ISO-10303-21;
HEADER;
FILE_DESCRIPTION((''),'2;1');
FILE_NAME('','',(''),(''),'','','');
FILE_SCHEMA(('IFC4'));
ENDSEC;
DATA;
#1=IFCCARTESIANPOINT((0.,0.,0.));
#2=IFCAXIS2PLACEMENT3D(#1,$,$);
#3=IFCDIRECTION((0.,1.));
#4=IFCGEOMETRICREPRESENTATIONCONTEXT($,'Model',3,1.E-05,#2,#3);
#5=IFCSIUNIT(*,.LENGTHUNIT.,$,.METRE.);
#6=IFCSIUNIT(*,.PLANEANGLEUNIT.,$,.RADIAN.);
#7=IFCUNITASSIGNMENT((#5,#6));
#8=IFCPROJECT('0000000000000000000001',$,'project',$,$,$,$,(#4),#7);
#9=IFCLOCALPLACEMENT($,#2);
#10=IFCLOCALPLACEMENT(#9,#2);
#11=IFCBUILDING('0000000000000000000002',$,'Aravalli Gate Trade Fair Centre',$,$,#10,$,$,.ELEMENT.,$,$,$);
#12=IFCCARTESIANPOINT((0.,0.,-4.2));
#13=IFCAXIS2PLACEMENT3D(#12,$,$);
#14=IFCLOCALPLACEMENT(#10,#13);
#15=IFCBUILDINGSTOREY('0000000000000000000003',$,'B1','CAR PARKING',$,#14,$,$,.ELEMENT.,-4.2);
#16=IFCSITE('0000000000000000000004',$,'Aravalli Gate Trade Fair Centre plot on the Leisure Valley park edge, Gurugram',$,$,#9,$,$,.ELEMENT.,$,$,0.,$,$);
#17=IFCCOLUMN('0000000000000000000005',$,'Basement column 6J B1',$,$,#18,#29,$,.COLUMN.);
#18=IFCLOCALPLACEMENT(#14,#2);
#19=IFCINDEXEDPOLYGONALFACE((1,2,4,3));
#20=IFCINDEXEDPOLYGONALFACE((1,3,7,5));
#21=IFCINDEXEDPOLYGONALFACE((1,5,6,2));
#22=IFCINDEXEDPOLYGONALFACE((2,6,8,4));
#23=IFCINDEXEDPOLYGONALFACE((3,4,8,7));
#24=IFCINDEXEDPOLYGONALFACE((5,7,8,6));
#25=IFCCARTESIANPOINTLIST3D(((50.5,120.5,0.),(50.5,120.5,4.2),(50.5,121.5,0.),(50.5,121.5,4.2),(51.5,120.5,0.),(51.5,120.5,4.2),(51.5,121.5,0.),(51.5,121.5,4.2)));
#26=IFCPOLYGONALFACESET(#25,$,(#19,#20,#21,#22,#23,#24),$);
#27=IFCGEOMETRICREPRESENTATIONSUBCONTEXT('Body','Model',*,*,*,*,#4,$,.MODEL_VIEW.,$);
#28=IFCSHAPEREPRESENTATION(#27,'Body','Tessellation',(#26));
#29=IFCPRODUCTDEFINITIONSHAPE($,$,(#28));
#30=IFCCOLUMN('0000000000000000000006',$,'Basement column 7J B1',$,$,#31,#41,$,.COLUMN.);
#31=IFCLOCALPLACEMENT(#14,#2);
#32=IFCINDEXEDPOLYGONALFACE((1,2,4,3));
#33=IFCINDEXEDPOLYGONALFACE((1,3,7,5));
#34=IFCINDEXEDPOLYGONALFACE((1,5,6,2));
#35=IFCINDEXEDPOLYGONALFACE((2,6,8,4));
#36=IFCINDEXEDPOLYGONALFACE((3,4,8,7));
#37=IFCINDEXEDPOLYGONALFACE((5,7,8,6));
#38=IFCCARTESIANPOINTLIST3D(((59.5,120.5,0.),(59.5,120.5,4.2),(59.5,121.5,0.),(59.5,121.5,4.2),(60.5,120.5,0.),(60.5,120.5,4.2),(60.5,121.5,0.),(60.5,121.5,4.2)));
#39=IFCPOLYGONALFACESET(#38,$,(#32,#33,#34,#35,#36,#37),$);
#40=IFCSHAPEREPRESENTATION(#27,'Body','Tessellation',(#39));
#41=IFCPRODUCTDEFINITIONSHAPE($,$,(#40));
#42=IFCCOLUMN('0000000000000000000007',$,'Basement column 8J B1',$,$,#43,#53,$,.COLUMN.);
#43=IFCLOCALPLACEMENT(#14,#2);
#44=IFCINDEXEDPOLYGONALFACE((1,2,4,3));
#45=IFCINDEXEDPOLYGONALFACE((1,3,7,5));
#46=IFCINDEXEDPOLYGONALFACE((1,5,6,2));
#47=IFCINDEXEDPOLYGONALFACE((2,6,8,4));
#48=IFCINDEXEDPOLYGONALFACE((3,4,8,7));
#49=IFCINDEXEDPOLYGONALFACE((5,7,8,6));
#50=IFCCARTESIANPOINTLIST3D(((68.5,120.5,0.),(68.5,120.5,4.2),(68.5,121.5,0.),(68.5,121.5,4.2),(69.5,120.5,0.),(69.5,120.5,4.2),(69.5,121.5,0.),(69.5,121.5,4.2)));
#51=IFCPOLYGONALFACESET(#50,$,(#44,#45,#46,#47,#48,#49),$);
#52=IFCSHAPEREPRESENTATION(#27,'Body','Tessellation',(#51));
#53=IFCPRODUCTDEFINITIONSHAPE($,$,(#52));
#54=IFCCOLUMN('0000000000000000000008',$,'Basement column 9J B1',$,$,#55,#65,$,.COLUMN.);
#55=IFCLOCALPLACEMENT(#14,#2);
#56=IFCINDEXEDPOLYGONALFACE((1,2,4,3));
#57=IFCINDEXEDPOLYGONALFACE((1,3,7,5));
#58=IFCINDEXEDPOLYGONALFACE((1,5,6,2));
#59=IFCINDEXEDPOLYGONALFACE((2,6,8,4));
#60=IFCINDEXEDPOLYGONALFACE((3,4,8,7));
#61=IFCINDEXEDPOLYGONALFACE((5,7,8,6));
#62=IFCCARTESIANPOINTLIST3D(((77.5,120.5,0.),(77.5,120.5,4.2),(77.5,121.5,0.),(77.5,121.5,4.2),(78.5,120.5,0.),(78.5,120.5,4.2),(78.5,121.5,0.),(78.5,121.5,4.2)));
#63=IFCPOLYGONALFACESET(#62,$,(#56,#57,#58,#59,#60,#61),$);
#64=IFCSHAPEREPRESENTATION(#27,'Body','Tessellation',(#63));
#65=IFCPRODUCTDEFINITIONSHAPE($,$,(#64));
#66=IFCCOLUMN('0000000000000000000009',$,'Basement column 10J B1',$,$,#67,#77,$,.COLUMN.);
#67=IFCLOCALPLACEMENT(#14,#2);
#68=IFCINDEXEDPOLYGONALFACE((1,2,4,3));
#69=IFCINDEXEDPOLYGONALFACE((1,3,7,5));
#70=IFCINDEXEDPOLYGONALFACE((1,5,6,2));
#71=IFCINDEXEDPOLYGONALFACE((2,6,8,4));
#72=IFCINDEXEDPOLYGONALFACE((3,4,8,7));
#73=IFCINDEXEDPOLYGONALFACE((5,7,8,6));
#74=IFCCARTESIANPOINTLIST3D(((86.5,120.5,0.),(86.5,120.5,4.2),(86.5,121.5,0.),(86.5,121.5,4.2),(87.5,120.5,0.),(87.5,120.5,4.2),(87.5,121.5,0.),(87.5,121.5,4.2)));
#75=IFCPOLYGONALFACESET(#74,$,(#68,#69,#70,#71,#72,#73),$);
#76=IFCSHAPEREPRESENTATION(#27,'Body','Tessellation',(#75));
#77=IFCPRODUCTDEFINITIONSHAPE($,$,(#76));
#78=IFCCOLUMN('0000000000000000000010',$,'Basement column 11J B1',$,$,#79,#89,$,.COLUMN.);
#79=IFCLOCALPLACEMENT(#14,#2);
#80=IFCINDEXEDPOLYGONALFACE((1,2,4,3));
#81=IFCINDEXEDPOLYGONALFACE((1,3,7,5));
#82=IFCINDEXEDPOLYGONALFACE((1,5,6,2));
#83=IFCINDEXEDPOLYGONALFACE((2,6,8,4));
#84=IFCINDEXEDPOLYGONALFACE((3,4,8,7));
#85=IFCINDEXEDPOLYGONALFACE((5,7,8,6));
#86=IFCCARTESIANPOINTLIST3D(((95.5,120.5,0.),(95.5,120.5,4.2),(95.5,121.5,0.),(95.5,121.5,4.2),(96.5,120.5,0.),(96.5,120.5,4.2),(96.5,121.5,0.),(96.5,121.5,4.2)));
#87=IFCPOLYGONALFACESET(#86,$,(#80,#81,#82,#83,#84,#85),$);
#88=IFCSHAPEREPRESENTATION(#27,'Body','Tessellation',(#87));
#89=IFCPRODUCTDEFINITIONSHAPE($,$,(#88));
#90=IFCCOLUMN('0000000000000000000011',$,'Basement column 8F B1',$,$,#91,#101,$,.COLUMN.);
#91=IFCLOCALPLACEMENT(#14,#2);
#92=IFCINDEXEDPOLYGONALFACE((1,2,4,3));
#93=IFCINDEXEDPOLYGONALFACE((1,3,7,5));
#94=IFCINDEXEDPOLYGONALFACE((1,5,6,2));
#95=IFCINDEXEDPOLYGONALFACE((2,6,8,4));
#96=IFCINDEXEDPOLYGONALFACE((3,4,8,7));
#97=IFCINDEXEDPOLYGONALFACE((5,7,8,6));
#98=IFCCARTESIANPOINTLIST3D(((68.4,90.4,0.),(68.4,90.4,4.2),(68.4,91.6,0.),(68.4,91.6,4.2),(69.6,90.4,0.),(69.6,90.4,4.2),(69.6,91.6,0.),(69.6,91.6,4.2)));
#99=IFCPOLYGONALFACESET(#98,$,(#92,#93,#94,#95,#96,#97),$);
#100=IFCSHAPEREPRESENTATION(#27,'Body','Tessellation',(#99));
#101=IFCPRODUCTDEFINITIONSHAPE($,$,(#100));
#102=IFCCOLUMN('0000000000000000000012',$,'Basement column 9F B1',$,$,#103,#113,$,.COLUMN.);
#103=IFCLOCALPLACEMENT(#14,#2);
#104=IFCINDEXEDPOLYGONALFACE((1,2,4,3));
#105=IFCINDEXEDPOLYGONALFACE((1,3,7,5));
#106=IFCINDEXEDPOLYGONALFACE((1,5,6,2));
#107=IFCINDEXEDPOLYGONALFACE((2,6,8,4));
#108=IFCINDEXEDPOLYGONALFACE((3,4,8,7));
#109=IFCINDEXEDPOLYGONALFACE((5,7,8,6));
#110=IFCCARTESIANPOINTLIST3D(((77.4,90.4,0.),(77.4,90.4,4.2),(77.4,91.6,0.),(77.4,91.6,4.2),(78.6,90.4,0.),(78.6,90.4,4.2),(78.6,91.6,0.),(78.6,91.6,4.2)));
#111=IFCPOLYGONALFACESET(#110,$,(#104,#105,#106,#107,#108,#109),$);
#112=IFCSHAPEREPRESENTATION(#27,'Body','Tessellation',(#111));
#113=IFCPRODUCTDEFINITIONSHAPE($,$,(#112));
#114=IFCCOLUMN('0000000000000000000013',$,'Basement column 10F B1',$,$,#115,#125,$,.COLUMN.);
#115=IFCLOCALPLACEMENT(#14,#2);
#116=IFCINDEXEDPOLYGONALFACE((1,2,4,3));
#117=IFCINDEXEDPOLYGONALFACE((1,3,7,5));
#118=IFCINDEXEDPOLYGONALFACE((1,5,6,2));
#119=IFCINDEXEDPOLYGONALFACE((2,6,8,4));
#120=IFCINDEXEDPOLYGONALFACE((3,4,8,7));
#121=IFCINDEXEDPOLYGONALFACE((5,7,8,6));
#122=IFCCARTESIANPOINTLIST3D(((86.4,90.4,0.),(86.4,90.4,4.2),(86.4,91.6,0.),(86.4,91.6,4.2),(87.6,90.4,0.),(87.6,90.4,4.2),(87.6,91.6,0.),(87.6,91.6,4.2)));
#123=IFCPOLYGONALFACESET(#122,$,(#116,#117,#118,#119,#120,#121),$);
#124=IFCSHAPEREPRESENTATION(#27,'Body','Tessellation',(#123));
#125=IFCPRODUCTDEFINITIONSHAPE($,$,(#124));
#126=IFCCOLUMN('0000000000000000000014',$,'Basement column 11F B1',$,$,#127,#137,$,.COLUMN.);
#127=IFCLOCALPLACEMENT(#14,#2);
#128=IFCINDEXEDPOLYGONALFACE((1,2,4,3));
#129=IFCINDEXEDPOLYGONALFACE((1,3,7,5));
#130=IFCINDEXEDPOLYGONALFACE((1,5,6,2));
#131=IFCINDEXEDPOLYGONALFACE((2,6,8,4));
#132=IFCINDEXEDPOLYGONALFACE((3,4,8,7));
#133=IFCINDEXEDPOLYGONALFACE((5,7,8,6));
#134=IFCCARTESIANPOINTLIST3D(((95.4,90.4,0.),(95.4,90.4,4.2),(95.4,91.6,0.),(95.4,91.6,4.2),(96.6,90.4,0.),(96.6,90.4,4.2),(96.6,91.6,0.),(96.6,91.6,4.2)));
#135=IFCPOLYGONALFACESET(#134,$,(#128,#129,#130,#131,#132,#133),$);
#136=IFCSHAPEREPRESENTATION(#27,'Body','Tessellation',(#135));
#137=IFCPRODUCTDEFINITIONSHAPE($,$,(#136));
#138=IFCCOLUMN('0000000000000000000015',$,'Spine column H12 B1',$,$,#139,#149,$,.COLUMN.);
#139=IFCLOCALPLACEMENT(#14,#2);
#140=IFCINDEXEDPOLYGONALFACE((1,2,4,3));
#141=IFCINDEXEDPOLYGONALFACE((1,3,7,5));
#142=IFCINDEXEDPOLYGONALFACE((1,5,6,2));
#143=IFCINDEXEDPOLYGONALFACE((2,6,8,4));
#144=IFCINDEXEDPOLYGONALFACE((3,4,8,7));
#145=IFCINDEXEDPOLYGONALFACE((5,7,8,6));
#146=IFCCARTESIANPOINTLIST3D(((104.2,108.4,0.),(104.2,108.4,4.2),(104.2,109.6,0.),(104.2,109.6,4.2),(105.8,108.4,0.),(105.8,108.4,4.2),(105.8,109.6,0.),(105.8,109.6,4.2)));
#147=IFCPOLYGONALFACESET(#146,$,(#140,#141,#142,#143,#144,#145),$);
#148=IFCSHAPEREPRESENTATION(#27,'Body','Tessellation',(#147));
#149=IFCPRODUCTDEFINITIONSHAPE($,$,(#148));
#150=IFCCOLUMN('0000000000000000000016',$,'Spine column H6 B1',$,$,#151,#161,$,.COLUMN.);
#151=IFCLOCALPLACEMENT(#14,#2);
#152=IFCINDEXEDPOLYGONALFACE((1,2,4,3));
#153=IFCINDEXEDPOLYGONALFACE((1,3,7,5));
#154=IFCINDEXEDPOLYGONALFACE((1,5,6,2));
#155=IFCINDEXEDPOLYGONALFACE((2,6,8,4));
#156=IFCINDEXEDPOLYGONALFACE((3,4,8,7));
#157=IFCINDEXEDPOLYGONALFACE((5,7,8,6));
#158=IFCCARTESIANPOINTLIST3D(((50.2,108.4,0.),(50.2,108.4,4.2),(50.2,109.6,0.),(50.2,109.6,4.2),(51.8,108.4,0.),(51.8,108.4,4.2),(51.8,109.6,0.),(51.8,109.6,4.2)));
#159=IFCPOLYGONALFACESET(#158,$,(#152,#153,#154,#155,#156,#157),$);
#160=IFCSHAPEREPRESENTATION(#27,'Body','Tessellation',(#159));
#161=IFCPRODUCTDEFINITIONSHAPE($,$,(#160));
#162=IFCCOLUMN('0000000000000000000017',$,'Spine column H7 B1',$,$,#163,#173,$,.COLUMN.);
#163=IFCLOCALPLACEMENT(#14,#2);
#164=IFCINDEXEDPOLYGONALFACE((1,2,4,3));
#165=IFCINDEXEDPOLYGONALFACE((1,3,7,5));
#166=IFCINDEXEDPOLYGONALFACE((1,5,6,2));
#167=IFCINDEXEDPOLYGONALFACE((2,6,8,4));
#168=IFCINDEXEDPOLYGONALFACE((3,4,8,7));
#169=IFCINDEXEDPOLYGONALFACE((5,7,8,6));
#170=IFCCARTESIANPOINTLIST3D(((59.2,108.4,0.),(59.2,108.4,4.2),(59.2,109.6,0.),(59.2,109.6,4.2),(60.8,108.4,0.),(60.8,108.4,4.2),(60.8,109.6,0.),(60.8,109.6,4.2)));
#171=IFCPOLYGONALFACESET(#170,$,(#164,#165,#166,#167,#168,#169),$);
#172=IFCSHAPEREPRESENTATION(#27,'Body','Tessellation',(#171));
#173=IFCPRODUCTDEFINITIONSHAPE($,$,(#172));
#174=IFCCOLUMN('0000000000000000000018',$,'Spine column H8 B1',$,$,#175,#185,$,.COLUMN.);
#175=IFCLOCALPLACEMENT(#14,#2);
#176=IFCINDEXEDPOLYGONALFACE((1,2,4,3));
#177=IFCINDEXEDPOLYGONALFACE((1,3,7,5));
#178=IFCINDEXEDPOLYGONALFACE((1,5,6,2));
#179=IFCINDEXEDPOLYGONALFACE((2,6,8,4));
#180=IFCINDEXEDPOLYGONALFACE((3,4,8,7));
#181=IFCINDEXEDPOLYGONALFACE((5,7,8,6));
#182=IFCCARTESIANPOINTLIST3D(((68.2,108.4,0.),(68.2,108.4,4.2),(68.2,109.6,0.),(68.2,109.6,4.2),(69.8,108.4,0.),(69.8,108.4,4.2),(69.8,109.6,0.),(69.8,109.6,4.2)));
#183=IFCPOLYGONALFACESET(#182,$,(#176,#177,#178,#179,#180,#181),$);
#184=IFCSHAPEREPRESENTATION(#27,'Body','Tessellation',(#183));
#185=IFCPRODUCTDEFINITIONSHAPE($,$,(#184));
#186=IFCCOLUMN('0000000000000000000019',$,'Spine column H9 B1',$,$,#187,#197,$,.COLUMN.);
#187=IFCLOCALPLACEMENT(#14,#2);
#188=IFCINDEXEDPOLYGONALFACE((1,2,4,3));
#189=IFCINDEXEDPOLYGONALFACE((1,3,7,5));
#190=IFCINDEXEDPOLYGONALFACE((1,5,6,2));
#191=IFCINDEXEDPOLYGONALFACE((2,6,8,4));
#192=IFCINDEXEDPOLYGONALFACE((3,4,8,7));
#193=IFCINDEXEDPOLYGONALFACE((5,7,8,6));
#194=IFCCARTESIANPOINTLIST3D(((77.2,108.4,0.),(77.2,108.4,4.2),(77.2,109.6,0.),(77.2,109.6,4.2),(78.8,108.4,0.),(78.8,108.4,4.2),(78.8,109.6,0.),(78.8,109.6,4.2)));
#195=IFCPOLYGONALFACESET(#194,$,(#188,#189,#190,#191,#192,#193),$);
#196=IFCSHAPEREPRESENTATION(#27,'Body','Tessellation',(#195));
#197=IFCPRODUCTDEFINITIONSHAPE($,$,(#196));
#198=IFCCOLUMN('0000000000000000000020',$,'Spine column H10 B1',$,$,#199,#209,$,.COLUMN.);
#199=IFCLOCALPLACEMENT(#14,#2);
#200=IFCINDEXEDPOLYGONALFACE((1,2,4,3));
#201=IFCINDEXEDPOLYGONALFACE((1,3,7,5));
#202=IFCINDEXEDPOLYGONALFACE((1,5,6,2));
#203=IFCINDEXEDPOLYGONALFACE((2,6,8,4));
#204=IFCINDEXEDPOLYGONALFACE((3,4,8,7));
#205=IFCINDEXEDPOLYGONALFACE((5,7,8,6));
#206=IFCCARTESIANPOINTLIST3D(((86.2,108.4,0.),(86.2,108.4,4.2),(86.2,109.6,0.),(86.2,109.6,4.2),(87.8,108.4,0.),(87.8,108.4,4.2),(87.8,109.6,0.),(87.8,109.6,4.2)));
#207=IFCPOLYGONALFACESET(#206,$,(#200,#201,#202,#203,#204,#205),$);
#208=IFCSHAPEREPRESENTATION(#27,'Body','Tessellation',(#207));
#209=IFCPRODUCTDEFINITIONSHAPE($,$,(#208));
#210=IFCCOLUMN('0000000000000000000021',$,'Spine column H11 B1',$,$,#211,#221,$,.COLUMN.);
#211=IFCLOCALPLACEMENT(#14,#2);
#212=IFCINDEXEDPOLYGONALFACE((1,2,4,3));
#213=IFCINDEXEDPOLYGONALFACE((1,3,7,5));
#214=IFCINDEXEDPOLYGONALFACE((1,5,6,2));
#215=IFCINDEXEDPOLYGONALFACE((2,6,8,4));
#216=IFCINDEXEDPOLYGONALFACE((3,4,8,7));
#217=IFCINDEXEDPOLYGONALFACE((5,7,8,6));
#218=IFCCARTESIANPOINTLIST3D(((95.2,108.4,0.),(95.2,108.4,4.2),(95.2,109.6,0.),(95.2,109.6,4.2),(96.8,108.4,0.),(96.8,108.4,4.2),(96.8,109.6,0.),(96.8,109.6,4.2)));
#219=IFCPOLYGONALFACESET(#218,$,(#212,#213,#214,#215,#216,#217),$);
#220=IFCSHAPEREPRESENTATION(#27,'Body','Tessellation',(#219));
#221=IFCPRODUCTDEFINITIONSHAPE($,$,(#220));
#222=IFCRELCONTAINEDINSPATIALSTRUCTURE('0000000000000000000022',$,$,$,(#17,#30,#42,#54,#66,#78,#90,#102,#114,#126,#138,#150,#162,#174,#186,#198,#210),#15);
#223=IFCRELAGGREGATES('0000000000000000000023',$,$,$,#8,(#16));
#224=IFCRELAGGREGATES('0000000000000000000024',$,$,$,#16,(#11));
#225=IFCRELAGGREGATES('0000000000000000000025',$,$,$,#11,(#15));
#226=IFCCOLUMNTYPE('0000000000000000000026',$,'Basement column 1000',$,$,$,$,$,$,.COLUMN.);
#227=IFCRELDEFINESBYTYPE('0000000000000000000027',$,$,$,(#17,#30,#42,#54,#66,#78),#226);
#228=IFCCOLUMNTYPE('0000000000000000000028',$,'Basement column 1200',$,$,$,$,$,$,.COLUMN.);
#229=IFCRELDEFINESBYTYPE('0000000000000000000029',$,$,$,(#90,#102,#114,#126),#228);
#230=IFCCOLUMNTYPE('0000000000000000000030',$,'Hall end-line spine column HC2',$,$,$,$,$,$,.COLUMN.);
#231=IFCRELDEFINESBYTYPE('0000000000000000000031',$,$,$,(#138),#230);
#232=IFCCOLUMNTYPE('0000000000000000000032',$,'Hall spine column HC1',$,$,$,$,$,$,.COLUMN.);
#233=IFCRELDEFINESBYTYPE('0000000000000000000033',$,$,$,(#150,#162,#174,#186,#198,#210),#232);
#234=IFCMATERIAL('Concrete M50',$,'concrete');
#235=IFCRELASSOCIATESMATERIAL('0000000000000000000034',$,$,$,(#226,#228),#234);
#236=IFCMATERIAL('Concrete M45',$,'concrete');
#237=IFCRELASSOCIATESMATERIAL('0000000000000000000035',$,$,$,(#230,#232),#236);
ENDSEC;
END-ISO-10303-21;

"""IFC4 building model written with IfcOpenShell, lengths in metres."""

from ifc_helpers import new_model, si_unit, direction, frame, origin, origin_2d, place, context, subcontext, project, spatial, rectangle, extrude, material, material_profile, profile_set, type_object, element, save


model = new_model("IFC4")

# Units and contexts
model_context = context("Model", 3, precision=1e-05, world=origin(), true_north=direction((0.0, 1.0)))
body_context = subcontext(model_context, "Body", "Model", "MODEL_VIEW")
ifc_project = project(units=[si_unit("LENGTHUNIT", "METRE"), si_unit("PLANEANGLEUNIT", "RADIAN")], contexts=[model_context])

# Site, building, storey
site_placement = place(None, origin())
site = spatial("IfcSite", under=ifc_project, at=site_placement, Name="Aravalli Gate Trade Fair Centre plot on the Leisure Valley park edge, Gurugram", CompositionType="ELEMENT", RefElevation=0.0)
building_placement = place(site_placement, origin())
building = spatial("IfcBuilding", under=site, at=building_placement, Name="Aravalli Gate Trade Fair Centre", CompositionType="ELEMENT")
storey_placement = place(building_placement, frame((0.0, 0.0, -4.2)))
storey = spatial("IfcBuildingStorey", under=building, at=storey_placement, Name="B1", Description="CAR PARKING", CompositionType="ELEMENT", Elevation=-4.2)

# Columns
ifc_material_1 = material(Name="Concrete M50", Category="concrete")
ifc_material_profile_1 = material_profile(ifc_material_1, rectangle(XDim=1.0, YDim=1.0, at=origin_2d()), Name="RC 1000 x 1000")
ifc_profile_set_1 = profile_set([ifc_material_profile_1], Name="Concrete M50")
column_type_1 = type_object("IfcColumnType", Name="Basement column 1000", PredefinedType="COLUMN", material=ifc_profile_set_1)
for number, where, z_axis, x_axis, name in (
    (1, (51.0, 121.0, 0.0), (0.0, 0.0, 1.0), (1.0, 0.0, 0.0), "Basement column 6J B1"),
    (2, (60.0, 121.0, 0.0), (0.0, 0.0, 1.0), (1.0, 0.0, 0.0), "Basement column 7J B1"),
    (3, (69.0, 121.0, 0.0), (0.0, 0.0, 1.0), (1.0, 0.0, 0.0), "Basement column 8J B1"),
    (4, (78.0, 121.0, 0.0), (0.0, 0.0, 1.0), (1.0, 0.0, 0.0), "Basement column 9J B1"),
    (5, (87.0, 121.0, 0.0), (0.0, 0.0, 1.0), (1.0, 0.0, 0.0), "Basement column 10J B1"),
    (6, (96.0, 121.0, 0.0), (0.0, 0.0, 1.0), (1.0, 0.0, 0.0), "Basement column 11J B1"),
):
    element("IfcColumn", number, at=place(storey_placement, frame(where, z_axis=z_axis, x_axis=x_axis)), inside=storey, type_object=column_type_1, Name=name, PredefinedType="COLUMN", context=body_context, shape_type="SweptSolid", body=[
        extrude(rectangle(XDim=1.0, YDim=1.0, at=origin_2d()), origin(), (0.0, 0.0, 1.0), 4.2),
    ])
ifc_material_profile_2 = material_profile(ifc_material_1, rectangle(XDim=1.2, YDim=1.2, at=origin_2d()), Name="RC 1200 x 1200")
ifc_profile_set_2 = profile_set([ifc_material_profile_2], Name="Concrete M50")
column_type_2 = type_object("IfcColumnType", Name="Basement column 1200", PredefinedType="COLUMN", material=ifc_profile_set_2)
for number, where, z_axis, x_axis, name in (
    (7, (69.0, 91.0, 0.0), (0.0, 0.0, 1.0), (1.0, 0.0, 0.0), "Basement column 8F B1"),
    (8, (78.0, 91.0, 0.0), (0.0, 0.0, 1.0), (1.0, 0.0, 0.0), "Basement column 9F B1"),
    (9, (87.0, 91.0, 0.0), (0.0, 0.0, 1.0), (1.0, 0.0, 0.0), "Basement column 10F B1"),
    (10, (96.0, 91.0, 0.0), (0.0, 0.0, 1.0), (1.0, 0.0, 0.0), "Basement column 11F B1"),
):
    element("IfcColumn", number, at=place(storey_placement, frame(where, z_axis=z_axis, x_axis=x_axis)), inside=storey, type_object=column_type_2, Name=name, PredefinedType="COLUMN", context=body_context, shape_type="SweptSolid", body=[
        extrude(rectangle(XDim=1.2, YDim=1.2, at=origin_2d()), origin(), (0.0, 0.0, 1.0), 4.2),
    ])
ifc_material_2 = material(Name="Concrete M45", Category="concrete")
ifc_material_profile_3 = material_profile(ifc_material_2, rectangle(XDim=1.6001, YDim=1.2, at=origin_2d()), Name="RC 1600x1200")
ifc_profile_set_3 = profile_set([ifc_material_profile_3], Name="Concrete M45")
column_type_3 = type_object("IfcColumnType", Name="Hall end-line spine column HC2", PredefinedType="COLUMN", material=ifc_profile_set_3)
column_placement = place(storey_placement, frame((105.0, 109.0, 0.0), z_axis=(0.0, 0.0, 1.0), x_axis=(1.0, 0.0, 0.0)))
element("IfcColumn", 11, at=column_placement, inside=storey, type_object=column_type_3, Name="Spine column H12 B1", PredefinedType="COLUMN", context=body_context, shape_type="SweptSolid", body=[
    extrude(rectangle(XDim=1.6001, YDim=1.2, at=origin_2d()), origin(), (0.0, 0.0, 1.0), 4.2),
])
ifc_material_profile_4 = material_profile(ifc_material_2, rectangle(XDim=1.6001, YDim=1.2, at=origin_2d()), Name="RC 1600x1200")
ifc_profile_set_4 = profile_set([ifc_material_profile_4], Name="Concrete M45")
column_type_4 = type_object("IfcColumnType", Name="Hall spine column HC1", PredefinedType="COLUMN", material=ifc_profile_set_4)
for number, where, z_axis, x_axis, name in (
    (12, (51.0, 109.0, 0.0), (0.0, 0.0, 1.0), (1.0, 0.0, 0.0), "Spine column H6 B1"),
    (13, (60.0, 109.0, 0.0), (0.0, 0.0, 1.0), (1.0, 0.0, 0.0), "Spine column H7 B1"),
    (14, (69.0, 109.0, 0.0), (0.0, 0.0, 1.0), (1.0, 0.0, 0.0), "Spine column H8 B1"),
    (15, (78.0, 109.0, 0.0), (0.0, 0.0, 1.0), (1.0, 0.0, 0.0), "Spine column H9 B1"),
    (16, (87.0, 109.0, 0.0), (0.0, 0.0, 1.0), (1.0, 0.0, 0.0), "Spine column H10 B1"),
    (17, (96.0, 109.0, 0.0), (0.0, 0.0, 1.0), (1.0, 0.0, 0.0), "Spine column H11 B1"),
):
    element("IfcColumn", number, at=place(storey_placement, frame(where, z_axis=z_axis, x_axis=x_axis)), inside=storey, type_object=column_type_4, Name=name, PredefinedType="COLUMN", context=body_context, shape_type="SweptSolid", body=[
        extrude(rectangle(XDim=1.6001, YDim=1.2, at=origin_2d()), origin(), (0.0, 0.0, 1.0), 4.2),
    ])

save(model, "model.ifc")
